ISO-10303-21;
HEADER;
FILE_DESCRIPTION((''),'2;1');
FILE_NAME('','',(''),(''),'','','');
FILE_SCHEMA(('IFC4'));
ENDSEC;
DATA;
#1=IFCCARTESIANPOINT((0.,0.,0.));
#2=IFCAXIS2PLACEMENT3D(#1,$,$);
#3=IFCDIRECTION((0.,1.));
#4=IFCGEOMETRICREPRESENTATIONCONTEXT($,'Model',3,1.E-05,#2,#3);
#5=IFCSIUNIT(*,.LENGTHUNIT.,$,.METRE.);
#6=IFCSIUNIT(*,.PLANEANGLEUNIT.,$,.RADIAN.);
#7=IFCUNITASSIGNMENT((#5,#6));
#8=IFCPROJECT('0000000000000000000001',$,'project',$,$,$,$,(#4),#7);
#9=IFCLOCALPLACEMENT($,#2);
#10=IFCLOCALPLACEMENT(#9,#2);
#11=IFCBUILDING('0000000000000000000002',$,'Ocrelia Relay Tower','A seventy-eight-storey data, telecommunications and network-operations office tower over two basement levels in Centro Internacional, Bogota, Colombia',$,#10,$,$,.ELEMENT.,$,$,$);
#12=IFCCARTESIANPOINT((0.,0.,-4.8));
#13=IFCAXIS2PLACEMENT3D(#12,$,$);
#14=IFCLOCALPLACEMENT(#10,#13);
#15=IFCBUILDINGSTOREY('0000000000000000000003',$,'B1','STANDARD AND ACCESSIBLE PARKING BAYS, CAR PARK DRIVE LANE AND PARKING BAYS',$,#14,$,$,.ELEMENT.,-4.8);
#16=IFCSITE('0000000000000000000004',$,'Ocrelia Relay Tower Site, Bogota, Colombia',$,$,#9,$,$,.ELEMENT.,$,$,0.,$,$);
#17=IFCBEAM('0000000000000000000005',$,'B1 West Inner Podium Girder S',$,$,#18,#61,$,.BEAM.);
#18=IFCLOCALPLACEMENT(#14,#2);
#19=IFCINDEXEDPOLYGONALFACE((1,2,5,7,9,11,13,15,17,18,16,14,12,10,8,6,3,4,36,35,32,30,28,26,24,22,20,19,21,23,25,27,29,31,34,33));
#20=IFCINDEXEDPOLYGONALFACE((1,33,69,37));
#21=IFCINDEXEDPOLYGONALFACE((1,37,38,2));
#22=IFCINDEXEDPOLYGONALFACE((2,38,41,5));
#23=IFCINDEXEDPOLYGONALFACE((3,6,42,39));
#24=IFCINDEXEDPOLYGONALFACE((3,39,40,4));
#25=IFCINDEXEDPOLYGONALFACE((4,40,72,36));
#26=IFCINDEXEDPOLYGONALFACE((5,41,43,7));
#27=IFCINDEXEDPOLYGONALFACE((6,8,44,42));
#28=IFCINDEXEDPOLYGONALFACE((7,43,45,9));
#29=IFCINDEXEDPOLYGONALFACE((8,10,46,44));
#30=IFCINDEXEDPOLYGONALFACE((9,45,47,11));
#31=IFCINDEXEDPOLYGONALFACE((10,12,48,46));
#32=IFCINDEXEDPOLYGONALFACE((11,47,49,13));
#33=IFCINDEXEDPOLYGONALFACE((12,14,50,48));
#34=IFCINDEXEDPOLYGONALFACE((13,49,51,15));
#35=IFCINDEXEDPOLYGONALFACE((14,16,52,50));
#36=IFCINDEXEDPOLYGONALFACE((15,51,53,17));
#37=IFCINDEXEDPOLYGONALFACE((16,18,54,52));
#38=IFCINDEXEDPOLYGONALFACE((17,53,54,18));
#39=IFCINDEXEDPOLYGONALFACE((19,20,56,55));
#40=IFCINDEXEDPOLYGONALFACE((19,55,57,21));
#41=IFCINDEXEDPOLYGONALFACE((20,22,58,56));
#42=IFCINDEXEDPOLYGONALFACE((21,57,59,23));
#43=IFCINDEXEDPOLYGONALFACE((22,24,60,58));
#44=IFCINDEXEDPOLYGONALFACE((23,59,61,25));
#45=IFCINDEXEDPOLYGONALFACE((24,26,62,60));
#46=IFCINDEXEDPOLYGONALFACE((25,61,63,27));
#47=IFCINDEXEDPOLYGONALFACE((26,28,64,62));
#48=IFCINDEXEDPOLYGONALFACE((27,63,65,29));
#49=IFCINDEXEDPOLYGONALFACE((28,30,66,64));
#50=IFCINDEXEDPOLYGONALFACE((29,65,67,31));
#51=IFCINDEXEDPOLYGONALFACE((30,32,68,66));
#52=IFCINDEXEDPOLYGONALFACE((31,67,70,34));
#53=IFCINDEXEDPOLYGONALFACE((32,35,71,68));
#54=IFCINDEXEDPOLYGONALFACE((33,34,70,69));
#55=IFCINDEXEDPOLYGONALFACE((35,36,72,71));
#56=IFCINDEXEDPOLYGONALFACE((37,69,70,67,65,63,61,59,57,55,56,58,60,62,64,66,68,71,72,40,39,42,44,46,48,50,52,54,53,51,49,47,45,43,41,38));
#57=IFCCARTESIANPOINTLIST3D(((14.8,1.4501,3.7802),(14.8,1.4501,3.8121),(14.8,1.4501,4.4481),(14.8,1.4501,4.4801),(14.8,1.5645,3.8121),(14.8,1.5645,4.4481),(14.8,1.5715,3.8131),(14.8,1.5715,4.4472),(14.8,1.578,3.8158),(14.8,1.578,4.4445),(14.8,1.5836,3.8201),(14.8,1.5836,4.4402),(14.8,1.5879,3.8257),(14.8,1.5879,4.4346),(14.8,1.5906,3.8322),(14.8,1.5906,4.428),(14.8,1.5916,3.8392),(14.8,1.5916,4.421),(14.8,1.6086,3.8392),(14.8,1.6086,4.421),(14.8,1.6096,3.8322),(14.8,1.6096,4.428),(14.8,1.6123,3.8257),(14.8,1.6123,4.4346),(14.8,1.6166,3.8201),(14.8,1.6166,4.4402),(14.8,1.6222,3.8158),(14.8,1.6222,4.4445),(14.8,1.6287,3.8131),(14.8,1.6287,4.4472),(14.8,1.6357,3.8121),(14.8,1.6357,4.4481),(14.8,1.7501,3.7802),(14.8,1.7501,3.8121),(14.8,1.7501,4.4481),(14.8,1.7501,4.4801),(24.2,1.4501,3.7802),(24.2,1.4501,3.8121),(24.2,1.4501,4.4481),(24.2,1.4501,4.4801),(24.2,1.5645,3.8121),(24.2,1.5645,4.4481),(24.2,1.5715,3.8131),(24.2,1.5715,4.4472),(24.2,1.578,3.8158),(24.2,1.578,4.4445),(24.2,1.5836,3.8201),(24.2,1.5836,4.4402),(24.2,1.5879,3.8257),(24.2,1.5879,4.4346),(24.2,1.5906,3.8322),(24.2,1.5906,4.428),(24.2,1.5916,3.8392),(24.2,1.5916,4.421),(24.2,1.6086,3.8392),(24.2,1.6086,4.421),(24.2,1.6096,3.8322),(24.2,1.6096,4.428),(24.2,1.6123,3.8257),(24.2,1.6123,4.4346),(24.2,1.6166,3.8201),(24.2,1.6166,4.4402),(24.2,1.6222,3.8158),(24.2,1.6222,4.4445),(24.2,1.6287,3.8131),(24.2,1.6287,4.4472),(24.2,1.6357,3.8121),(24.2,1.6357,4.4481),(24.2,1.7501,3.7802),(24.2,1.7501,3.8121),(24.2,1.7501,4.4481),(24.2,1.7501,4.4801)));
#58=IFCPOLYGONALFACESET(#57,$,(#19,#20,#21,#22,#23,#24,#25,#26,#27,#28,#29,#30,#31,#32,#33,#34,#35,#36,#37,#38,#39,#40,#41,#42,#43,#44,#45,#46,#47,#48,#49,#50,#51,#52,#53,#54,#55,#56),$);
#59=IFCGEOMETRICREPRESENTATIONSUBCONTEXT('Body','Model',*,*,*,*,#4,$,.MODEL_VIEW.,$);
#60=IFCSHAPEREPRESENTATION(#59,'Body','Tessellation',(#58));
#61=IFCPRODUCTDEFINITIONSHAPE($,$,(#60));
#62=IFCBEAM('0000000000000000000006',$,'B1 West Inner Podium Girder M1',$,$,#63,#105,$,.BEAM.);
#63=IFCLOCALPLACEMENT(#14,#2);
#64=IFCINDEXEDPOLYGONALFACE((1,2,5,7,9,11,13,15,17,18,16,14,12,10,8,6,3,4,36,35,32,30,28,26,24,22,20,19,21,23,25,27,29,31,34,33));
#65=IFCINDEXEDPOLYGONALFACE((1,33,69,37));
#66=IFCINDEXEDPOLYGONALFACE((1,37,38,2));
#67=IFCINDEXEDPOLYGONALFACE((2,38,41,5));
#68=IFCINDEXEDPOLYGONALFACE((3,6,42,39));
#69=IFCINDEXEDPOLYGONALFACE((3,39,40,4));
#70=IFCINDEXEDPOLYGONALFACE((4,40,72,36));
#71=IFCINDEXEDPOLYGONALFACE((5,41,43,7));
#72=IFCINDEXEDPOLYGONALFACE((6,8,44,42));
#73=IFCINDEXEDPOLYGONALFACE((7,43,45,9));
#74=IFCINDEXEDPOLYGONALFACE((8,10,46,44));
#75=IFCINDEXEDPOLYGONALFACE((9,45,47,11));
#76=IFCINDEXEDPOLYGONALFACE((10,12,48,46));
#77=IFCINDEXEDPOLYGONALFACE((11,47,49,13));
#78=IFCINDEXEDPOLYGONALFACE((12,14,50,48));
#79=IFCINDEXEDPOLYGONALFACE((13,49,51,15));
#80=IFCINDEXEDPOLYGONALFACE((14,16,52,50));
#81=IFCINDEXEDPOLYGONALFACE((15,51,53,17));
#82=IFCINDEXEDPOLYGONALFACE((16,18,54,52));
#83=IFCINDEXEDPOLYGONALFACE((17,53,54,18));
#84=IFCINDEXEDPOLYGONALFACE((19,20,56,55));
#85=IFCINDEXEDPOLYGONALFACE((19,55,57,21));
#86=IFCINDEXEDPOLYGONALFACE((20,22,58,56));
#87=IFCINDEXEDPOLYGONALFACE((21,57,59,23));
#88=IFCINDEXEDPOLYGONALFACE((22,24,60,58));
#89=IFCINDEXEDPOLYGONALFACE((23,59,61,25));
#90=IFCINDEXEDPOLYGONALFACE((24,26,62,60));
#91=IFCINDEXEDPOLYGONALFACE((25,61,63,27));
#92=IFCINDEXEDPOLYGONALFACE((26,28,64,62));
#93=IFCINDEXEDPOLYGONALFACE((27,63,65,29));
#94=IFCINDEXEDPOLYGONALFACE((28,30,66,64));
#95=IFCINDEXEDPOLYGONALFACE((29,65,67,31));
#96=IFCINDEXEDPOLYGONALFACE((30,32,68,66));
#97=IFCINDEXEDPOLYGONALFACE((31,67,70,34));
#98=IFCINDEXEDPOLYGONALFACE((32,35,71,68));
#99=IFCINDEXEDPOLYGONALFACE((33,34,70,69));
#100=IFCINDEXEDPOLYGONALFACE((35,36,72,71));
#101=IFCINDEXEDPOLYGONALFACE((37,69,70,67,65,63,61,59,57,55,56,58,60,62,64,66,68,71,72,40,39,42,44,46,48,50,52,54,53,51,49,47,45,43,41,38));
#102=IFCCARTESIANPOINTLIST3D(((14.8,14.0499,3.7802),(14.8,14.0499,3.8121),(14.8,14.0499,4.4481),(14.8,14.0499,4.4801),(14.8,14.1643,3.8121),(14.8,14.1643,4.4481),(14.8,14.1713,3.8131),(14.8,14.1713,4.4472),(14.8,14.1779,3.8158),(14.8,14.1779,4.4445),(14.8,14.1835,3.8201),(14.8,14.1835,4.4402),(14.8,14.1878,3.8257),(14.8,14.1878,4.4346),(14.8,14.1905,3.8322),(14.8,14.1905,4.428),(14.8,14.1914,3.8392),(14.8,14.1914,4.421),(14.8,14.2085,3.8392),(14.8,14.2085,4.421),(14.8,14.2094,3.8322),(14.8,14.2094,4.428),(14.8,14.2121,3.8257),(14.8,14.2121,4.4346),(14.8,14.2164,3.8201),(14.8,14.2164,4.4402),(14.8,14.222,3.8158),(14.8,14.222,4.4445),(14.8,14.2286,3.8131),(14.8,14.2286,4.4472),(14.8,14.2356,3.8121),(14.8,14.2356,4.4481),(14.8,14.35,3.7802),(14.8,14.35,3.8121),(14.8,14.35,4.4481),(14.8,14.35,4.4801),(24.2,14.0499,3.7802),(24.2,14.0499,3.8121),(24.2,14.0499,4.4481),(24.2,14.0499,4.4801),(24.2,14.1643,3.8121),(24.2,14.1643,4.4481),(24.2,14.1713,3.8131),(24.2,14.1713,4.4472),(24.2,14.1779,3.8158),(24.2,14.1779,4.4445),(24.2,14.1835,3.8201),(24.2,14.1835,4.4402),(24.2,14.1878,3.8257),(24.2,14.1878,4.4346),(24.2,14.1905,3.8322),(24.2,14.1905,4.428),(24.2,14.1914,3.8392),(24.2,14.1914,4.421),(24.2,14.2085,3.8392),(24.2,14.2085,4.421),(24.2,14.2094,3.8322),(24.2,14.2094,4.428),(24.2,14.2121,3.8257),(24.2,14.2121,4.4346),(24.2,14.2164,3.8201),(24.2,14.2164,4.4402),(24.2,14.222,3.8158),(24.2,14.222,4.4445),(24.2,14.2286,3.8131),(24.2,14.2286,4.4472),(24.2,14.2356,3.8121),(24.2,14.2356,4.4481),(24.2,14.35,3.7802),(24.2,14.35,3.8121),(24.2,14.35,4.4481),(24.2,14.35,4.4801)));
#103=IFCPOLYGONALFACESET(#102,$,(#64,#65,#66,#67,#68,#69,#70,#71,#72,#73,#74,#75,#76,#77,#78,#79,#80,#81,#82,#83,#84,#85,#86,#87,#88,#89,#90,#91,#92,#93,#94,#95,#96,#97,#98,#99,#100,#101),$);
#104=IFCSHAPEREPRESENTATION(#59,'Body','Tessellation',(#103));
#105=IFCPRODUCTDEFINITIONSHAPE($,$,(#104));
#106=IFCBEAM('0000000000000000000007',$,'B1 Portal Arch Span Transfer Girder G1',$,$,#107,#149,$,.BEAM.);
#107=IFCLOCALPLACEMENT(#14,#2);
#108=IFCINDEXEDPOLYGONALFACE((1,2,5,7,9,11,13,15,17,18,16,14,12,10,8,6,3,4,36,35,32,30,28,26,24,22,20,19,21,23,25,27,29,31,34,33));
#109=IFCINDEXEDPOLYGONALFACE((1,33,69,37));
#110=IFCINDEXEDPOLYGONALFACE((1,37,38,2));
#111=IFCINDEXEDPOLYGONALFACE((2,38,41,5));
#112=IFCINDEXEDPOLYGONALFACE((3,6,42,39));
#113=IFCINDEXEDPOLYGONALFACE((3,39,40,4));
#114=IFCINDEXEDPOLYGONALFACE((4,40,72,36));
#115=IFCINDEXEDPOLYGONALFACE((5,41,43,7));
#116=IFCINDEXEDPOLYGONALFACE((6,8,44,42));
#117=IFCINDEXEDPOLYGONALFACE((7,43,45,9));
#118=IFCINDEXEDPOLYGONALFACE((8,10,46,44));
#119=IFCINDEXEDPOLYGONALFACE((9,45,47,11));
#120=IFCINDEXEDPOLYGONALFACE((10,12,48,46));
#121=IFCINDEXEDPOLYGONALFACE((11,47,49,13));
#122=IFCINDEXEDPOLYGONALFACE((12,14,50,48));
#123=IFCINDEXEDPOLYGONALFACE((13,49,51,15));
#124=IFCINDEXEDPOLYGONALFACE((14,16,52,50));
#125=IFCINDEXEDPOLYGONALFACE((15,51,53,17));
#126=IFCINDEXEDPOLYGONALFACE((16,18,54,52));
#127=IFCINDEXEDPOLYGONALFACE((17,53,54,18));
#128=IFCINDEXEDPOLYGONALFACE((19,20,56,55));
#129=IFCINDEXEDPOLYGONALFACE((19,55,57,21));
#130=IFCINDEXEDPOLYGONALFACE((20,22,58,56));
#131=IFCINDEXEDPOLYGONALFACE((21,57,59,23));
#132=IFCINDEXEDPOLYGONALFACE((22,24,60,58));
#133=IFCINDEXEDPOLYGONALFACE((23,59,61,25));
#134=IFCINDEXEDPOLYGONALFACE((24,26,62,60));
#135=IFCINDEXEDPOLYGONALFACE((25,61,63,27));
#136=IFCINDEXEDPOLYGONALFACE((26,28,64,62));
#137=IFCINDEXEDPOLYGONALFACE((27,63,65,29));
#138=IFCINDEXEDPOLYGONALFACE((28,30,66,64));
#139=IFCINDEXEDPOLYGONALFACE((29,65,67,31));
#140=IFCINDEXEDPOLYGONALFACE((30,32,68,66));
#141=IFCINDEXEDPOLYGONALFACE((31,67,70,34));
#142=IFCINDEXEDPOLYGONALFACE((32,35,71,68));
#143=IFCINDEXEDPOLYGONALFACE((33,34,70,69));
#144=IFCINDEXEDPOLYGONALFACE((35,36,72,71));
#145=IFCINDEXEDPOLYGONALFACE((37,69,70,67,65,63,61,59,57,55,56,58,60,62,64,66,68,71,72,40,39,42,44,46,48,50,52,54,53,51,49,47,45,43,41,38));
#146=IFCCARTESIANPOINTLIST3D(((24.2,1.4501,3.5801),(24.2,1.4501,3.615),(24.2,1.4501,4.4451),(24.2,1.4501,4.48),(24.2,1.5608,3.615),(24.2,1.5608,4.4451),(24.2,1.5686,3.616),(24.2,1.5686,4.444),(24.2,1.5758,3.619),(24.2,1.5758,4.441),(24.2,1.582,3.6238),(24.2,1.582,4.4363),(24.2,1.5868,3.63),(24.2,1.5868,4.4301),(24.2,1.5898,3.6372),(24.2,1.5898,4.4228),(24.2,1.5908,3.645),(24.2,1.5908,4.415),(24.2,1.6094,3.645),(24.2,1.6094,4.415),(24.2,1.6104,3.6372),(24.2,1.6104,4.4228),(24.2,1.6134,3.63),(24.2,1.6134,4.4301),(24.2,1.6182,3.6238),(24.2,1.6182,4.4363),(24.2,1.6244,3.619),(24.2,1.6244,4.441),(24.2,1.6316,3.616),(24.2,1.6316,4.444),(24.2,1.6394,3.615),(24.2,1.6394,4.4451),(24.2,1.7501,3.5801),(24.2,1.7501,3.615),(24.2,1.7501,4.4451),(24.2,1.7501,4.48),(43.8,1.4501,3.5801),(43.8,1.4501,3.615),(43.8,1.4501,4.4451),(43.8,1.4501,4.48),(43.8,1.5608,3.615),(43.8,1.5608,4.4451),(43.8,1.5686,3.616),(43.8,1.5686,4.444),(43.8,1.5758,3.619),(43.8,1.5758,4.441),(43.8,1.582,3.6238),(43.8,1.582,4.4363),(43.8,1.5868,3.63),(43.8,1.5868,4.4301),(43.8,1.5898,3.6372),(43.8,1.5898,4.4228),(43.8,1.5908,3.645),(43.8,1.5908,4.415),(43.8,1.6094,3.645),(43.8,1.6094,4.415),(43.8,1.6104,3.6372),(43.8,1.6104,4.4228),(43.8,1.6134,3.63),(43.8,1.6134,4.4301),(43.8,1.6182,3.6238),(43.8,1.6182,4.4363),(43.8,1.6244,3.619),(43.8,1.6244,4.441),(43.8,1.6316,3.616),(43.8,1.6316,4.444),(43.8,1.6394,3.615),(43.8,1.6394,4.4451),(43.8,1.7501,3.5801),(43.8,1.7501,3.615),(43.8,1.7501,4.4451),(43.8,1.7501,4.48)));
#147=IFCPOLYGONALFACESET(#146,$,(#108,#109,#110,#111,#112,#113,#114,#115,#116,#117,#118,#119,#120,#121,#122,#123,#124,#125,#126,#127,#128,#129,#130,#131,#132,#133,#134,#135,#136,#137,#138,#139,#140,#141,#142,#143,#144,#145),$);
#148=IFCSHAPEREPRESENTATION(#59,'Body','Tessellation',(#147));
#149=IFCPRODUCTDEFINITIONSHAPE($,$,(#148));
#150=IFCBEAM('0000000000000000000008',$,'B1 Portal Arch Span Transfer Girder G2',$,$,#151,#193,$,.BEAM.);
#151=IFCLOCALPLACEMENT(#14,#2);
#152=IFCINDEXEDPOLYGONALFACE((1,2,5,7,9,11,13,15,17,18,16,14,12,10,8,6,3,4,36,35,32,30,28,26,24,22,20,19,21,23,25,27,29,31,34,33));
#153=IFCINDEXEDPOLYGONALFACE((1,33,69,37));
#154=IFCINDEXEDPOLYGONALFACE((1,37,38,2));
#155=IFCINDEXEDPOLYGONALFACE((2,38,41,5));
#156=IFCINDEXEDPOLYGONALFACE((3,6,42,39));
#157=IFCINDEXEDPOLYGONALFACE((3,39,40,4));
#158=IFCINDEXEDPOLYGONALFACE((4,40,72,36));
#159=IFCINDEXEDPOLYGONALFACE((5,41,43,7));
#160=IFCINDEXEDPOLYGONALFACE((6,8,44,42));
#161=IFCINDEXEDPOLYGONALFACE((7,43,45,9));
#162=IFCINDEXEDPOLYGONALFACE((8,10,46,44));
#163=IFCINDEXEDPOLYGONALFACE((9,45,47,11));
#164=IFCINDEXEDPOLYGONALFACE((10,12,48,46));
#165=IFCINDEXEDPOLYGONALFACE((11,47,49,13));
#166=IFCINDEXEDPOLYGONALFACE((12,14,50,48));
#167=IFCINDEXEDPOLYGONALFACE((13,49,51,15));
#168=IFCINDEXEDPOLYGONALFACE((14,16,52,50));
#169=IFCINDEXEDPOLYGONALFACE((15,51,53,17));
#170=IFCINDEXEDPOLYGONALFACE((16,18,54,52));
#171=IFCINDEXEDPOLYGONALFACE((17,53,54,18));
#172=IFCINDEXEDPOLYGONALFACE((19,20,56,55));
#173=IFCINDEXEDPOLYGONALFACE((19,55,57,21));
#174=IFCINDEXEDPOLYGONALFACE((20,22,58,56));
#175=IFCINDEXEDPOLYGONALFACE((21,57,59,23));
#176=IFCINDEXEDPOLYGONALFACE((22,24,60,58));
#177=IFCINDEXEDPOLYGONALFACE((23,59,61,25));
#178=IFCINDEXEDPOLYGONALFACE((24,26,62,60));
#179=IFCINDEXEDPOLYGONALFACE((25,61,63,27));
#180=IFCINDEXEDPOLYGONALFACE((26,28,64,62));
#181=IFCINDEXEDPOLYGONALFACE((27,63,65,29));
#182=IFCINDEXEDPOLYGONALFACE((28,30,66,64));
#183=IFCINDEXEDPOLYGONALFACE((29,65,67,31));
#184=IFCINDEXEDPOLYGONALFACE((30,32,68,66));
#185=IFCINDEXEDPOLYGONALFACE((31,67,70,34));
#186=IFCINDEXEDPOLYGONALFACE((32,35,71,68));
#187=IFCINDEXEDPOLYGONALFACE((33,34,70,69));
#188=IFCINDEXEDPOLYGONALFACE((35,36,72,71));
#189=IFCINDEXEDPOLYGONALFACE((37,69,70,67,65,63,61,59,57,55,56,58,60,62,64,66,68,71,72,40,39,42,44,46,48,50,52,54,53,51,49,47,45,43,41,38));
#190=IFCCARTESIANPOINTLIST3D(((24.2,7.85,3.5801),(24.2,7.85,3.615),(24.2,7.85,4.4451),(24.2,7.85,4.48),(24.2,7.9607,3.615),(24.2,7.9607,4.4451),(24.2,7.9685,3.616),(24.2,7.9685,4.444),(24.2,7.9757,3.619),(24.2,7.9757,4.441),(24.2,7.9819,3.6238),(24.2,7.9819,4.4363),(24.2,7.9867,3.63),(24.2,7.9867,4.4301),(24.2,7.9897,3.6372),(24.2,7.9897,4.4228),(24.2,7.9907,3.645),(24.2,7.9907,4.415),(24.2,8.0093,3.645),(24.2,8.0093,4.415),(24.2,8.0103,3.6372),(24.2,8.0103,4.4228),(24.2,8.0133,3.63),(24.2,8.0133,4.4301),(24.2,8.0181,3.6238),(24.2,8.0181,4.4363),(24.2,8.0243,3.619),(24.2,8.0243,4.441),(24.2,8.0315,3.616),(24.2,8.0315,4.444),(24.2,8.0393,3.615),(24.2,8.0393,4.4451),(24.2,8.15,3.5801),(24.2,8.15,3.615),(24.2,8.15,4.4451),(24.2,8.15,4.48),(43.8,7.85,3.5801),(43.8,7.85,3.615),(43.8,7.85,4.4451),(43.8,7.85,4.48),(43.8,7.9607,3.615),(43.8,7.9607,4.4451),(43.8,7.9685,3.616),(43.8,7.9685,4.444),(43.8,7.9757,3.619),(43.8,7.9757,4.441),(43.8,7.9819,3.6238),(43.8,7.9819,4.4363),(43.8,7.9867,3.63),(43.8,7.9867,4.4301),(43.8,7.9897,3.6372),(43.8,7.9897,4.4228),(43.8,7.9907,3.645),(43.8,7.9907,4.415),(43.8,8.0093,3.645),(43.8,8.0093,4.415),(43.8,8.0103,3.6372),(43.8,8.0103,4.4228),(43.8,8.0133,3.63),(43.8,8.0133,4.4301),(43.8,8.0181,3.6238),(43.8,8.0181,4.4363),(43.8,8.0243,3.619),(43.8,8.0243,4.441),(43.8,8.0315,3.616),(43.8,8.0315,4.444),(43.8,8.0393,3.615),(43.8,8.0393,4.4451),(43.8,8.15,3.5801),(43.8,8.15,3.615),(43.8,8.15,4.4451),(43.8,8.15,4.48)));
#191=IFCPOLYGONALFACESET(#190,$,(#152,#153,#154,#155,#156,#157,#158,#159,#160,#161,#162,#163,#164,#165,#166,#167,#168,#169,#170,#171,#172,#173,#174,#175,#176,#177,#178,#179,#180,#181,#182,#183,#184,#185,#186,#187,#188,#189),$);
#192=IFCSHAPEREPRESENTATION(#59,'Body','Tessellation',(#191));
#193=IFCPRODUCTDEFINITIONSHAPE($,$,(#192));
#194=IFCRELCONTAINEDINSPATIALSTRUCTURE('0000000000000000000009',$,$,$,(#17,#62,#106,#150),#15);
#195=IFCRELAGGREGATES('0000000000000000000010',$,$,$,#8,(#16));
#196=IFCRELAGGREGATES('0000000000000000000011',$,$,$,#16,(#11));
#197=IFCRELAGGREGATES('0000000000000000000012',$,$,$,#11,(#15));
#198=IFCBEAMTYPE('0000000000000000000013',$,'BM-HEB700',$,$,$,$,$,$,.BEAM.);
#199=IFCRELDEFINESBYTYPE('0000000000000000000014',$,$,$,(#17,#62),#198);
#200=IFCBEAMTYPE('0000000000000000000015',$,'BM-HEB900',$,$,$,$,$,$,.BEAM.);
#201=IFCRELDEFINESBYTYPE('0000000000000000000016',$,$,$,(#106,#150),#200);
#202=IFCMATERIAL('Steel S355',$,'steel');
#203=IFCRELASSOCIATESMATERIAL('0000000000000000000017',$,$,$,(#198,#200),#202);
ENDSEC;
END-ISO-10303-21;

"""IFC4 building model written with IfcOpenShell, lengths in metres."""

from ifc_helpers import new_model, si_unit, direction, frame, origin, origin_2d, place, context, subcontext, project, spatial, i_section, extrude, material, material_profile, profile_set, type_object, element, save


model = new_model("IFC4")

# Units and contexts
model_context = context("Model", 3, precision=1e-05, world=origin(), true_north=direction((0.0, 1.0)))
body_context = subcontext(model_context, "Body", "Model", "MODEL_VIEW")
ifc_project = project(units=[si_unit("LENGTHUNIT", "METRE"), si_unit("PLANEANGLEUNIT", "RADIAN")], contexts=[model_context])

# Site, building, storey
site_placement = place(None, origin())
site = spatial("IfcSite", under=ifc_project, at=site_placement, Name="Ocrelia Relay Tower Site, Bogota, Colombia", CompositionType="ELEMENT", RefElevation=0.0)
building_placement = place(site_placement, origin())
building = spatial("IfcBuilding", under=site, at=building_placement, Name="Ocrelia Relay Tower", Description="A seventy-eight-storey data, telecommunications and network-operations office tower over two basement levels in Centro Internacional, Bogota, Colombia", CompositionType="ELEMENT")
storey_placement = place(building_placement, frame((0.0, 0.0, -4.8)))
storey = spatial("IfcBuildingStorey", under=building, at=storey_placement, Name="B1", Description="STANDARD AND ACCESSIBLE PARKING BAYS, CAR PARK DRIVE LANE AND PARKING BAYS", CompositionType="ELEMENT", Elevation=-4.8)

# Beams
ifc_material_1 = material(Name="Steel S355", Category="steel")
ifc_material_profile_1 = material_profile(ifc_material_1, i_section(OverallWidth=0.3, OverallDepth=0.7, WebThickness=0.0171, FlangeThickness=0.032, FilletRadius=0.0271, at=origin_2d()), Name="HEB 700")
ifc_profile_set_1 = profile_set([ifc_material_profile_1], Name="Steel S355")
beam_type_1 = type_object("IfcBeamType", Name="BM-HEB700", PredefinedType="BEAM", material=ifc_profile_set_1)
for number, where, z_axis, x_axis, name in (
    (1, (14.8, 1.6001, 4.1301), (1.0, 0.0, 0.0), (0.0, 1.0, 0.0), "B1 West Inner Podium Girder S"),
    (2, (14.8, 14.2, 4.1301), (1.0, 0.0, 0.0), (0.0, 1.0, 0.0), "B1 West Inner Podium Girder M1"),
):
    element("IfcBeam", number, at=place(storey_placement, frame(where, z_axis=z_axis, x_axis=x_axis)), inside=storey, type_object=beam_type_1, Name=name, PredefinedType="BEAM", context=body_context, shape_type="SweptSolid", body=[
        extrude(i_section(OverallWidth=0.3, OverallDepth=0.7, WebThickness=0.0171, FlangeThickness=0.032, FilletRadius=0.0271, at=origin_2d()), origin(), (0.0, 0.0, 1.0), 9.3999),
    ])
ifc_material_profile_2 = material_profile(ifc_material_1, i_section(OverallWidth=0.3, OverallDepth=0.8999, WebThickness=0.0186, FlangeThickness=0.0349, FilletRadius=0.03, at=origin_2d()), Name="HEB 900")
ifc_profile_set_2 = profile_set([ifc_material_profile_2], Name="Steel S355")
beam_type_2 = type_object("IfcBeamType", Name="BM-HEB900", PredefinedType="BEAM", material=ifc_profile_set_2)
for number, where, z_axis, x_axis, name in (
    (3, (24.2, 1.6001, 4.03), (1.0, 0.0, 0.0), (0.0, 1.0, 0.0), "B1 Portal Arch Span Transfer Girder G1"),
    (4, (24.2, 8.0, 4.03), (1.0, 0.0, 0.0), (0.0, 1.0, 0.0), "B1 Portal Arch Span Transfer Girder G2"),
):
    element("IfcBeam", number, at=place(storey_placement, frame(where, z_axis=z_axis, x_axis=x_axis)), inside=storey, type_object=beam_type_2, Name=name, PredefinedType="BEAM", context=body_context, shape_type="SweptSolid", body=[
        extrude(i_section(OverallWidth=0.3, OverallDepth=0.8999, WebThickness=0.0186, FlangeThickness=0.0349, FilletRadius=0.03, at=origin_2d()), origin(), (0.0, 0.0, 1.0), 19.6001),
    ])

save(model, "model.ifc")
